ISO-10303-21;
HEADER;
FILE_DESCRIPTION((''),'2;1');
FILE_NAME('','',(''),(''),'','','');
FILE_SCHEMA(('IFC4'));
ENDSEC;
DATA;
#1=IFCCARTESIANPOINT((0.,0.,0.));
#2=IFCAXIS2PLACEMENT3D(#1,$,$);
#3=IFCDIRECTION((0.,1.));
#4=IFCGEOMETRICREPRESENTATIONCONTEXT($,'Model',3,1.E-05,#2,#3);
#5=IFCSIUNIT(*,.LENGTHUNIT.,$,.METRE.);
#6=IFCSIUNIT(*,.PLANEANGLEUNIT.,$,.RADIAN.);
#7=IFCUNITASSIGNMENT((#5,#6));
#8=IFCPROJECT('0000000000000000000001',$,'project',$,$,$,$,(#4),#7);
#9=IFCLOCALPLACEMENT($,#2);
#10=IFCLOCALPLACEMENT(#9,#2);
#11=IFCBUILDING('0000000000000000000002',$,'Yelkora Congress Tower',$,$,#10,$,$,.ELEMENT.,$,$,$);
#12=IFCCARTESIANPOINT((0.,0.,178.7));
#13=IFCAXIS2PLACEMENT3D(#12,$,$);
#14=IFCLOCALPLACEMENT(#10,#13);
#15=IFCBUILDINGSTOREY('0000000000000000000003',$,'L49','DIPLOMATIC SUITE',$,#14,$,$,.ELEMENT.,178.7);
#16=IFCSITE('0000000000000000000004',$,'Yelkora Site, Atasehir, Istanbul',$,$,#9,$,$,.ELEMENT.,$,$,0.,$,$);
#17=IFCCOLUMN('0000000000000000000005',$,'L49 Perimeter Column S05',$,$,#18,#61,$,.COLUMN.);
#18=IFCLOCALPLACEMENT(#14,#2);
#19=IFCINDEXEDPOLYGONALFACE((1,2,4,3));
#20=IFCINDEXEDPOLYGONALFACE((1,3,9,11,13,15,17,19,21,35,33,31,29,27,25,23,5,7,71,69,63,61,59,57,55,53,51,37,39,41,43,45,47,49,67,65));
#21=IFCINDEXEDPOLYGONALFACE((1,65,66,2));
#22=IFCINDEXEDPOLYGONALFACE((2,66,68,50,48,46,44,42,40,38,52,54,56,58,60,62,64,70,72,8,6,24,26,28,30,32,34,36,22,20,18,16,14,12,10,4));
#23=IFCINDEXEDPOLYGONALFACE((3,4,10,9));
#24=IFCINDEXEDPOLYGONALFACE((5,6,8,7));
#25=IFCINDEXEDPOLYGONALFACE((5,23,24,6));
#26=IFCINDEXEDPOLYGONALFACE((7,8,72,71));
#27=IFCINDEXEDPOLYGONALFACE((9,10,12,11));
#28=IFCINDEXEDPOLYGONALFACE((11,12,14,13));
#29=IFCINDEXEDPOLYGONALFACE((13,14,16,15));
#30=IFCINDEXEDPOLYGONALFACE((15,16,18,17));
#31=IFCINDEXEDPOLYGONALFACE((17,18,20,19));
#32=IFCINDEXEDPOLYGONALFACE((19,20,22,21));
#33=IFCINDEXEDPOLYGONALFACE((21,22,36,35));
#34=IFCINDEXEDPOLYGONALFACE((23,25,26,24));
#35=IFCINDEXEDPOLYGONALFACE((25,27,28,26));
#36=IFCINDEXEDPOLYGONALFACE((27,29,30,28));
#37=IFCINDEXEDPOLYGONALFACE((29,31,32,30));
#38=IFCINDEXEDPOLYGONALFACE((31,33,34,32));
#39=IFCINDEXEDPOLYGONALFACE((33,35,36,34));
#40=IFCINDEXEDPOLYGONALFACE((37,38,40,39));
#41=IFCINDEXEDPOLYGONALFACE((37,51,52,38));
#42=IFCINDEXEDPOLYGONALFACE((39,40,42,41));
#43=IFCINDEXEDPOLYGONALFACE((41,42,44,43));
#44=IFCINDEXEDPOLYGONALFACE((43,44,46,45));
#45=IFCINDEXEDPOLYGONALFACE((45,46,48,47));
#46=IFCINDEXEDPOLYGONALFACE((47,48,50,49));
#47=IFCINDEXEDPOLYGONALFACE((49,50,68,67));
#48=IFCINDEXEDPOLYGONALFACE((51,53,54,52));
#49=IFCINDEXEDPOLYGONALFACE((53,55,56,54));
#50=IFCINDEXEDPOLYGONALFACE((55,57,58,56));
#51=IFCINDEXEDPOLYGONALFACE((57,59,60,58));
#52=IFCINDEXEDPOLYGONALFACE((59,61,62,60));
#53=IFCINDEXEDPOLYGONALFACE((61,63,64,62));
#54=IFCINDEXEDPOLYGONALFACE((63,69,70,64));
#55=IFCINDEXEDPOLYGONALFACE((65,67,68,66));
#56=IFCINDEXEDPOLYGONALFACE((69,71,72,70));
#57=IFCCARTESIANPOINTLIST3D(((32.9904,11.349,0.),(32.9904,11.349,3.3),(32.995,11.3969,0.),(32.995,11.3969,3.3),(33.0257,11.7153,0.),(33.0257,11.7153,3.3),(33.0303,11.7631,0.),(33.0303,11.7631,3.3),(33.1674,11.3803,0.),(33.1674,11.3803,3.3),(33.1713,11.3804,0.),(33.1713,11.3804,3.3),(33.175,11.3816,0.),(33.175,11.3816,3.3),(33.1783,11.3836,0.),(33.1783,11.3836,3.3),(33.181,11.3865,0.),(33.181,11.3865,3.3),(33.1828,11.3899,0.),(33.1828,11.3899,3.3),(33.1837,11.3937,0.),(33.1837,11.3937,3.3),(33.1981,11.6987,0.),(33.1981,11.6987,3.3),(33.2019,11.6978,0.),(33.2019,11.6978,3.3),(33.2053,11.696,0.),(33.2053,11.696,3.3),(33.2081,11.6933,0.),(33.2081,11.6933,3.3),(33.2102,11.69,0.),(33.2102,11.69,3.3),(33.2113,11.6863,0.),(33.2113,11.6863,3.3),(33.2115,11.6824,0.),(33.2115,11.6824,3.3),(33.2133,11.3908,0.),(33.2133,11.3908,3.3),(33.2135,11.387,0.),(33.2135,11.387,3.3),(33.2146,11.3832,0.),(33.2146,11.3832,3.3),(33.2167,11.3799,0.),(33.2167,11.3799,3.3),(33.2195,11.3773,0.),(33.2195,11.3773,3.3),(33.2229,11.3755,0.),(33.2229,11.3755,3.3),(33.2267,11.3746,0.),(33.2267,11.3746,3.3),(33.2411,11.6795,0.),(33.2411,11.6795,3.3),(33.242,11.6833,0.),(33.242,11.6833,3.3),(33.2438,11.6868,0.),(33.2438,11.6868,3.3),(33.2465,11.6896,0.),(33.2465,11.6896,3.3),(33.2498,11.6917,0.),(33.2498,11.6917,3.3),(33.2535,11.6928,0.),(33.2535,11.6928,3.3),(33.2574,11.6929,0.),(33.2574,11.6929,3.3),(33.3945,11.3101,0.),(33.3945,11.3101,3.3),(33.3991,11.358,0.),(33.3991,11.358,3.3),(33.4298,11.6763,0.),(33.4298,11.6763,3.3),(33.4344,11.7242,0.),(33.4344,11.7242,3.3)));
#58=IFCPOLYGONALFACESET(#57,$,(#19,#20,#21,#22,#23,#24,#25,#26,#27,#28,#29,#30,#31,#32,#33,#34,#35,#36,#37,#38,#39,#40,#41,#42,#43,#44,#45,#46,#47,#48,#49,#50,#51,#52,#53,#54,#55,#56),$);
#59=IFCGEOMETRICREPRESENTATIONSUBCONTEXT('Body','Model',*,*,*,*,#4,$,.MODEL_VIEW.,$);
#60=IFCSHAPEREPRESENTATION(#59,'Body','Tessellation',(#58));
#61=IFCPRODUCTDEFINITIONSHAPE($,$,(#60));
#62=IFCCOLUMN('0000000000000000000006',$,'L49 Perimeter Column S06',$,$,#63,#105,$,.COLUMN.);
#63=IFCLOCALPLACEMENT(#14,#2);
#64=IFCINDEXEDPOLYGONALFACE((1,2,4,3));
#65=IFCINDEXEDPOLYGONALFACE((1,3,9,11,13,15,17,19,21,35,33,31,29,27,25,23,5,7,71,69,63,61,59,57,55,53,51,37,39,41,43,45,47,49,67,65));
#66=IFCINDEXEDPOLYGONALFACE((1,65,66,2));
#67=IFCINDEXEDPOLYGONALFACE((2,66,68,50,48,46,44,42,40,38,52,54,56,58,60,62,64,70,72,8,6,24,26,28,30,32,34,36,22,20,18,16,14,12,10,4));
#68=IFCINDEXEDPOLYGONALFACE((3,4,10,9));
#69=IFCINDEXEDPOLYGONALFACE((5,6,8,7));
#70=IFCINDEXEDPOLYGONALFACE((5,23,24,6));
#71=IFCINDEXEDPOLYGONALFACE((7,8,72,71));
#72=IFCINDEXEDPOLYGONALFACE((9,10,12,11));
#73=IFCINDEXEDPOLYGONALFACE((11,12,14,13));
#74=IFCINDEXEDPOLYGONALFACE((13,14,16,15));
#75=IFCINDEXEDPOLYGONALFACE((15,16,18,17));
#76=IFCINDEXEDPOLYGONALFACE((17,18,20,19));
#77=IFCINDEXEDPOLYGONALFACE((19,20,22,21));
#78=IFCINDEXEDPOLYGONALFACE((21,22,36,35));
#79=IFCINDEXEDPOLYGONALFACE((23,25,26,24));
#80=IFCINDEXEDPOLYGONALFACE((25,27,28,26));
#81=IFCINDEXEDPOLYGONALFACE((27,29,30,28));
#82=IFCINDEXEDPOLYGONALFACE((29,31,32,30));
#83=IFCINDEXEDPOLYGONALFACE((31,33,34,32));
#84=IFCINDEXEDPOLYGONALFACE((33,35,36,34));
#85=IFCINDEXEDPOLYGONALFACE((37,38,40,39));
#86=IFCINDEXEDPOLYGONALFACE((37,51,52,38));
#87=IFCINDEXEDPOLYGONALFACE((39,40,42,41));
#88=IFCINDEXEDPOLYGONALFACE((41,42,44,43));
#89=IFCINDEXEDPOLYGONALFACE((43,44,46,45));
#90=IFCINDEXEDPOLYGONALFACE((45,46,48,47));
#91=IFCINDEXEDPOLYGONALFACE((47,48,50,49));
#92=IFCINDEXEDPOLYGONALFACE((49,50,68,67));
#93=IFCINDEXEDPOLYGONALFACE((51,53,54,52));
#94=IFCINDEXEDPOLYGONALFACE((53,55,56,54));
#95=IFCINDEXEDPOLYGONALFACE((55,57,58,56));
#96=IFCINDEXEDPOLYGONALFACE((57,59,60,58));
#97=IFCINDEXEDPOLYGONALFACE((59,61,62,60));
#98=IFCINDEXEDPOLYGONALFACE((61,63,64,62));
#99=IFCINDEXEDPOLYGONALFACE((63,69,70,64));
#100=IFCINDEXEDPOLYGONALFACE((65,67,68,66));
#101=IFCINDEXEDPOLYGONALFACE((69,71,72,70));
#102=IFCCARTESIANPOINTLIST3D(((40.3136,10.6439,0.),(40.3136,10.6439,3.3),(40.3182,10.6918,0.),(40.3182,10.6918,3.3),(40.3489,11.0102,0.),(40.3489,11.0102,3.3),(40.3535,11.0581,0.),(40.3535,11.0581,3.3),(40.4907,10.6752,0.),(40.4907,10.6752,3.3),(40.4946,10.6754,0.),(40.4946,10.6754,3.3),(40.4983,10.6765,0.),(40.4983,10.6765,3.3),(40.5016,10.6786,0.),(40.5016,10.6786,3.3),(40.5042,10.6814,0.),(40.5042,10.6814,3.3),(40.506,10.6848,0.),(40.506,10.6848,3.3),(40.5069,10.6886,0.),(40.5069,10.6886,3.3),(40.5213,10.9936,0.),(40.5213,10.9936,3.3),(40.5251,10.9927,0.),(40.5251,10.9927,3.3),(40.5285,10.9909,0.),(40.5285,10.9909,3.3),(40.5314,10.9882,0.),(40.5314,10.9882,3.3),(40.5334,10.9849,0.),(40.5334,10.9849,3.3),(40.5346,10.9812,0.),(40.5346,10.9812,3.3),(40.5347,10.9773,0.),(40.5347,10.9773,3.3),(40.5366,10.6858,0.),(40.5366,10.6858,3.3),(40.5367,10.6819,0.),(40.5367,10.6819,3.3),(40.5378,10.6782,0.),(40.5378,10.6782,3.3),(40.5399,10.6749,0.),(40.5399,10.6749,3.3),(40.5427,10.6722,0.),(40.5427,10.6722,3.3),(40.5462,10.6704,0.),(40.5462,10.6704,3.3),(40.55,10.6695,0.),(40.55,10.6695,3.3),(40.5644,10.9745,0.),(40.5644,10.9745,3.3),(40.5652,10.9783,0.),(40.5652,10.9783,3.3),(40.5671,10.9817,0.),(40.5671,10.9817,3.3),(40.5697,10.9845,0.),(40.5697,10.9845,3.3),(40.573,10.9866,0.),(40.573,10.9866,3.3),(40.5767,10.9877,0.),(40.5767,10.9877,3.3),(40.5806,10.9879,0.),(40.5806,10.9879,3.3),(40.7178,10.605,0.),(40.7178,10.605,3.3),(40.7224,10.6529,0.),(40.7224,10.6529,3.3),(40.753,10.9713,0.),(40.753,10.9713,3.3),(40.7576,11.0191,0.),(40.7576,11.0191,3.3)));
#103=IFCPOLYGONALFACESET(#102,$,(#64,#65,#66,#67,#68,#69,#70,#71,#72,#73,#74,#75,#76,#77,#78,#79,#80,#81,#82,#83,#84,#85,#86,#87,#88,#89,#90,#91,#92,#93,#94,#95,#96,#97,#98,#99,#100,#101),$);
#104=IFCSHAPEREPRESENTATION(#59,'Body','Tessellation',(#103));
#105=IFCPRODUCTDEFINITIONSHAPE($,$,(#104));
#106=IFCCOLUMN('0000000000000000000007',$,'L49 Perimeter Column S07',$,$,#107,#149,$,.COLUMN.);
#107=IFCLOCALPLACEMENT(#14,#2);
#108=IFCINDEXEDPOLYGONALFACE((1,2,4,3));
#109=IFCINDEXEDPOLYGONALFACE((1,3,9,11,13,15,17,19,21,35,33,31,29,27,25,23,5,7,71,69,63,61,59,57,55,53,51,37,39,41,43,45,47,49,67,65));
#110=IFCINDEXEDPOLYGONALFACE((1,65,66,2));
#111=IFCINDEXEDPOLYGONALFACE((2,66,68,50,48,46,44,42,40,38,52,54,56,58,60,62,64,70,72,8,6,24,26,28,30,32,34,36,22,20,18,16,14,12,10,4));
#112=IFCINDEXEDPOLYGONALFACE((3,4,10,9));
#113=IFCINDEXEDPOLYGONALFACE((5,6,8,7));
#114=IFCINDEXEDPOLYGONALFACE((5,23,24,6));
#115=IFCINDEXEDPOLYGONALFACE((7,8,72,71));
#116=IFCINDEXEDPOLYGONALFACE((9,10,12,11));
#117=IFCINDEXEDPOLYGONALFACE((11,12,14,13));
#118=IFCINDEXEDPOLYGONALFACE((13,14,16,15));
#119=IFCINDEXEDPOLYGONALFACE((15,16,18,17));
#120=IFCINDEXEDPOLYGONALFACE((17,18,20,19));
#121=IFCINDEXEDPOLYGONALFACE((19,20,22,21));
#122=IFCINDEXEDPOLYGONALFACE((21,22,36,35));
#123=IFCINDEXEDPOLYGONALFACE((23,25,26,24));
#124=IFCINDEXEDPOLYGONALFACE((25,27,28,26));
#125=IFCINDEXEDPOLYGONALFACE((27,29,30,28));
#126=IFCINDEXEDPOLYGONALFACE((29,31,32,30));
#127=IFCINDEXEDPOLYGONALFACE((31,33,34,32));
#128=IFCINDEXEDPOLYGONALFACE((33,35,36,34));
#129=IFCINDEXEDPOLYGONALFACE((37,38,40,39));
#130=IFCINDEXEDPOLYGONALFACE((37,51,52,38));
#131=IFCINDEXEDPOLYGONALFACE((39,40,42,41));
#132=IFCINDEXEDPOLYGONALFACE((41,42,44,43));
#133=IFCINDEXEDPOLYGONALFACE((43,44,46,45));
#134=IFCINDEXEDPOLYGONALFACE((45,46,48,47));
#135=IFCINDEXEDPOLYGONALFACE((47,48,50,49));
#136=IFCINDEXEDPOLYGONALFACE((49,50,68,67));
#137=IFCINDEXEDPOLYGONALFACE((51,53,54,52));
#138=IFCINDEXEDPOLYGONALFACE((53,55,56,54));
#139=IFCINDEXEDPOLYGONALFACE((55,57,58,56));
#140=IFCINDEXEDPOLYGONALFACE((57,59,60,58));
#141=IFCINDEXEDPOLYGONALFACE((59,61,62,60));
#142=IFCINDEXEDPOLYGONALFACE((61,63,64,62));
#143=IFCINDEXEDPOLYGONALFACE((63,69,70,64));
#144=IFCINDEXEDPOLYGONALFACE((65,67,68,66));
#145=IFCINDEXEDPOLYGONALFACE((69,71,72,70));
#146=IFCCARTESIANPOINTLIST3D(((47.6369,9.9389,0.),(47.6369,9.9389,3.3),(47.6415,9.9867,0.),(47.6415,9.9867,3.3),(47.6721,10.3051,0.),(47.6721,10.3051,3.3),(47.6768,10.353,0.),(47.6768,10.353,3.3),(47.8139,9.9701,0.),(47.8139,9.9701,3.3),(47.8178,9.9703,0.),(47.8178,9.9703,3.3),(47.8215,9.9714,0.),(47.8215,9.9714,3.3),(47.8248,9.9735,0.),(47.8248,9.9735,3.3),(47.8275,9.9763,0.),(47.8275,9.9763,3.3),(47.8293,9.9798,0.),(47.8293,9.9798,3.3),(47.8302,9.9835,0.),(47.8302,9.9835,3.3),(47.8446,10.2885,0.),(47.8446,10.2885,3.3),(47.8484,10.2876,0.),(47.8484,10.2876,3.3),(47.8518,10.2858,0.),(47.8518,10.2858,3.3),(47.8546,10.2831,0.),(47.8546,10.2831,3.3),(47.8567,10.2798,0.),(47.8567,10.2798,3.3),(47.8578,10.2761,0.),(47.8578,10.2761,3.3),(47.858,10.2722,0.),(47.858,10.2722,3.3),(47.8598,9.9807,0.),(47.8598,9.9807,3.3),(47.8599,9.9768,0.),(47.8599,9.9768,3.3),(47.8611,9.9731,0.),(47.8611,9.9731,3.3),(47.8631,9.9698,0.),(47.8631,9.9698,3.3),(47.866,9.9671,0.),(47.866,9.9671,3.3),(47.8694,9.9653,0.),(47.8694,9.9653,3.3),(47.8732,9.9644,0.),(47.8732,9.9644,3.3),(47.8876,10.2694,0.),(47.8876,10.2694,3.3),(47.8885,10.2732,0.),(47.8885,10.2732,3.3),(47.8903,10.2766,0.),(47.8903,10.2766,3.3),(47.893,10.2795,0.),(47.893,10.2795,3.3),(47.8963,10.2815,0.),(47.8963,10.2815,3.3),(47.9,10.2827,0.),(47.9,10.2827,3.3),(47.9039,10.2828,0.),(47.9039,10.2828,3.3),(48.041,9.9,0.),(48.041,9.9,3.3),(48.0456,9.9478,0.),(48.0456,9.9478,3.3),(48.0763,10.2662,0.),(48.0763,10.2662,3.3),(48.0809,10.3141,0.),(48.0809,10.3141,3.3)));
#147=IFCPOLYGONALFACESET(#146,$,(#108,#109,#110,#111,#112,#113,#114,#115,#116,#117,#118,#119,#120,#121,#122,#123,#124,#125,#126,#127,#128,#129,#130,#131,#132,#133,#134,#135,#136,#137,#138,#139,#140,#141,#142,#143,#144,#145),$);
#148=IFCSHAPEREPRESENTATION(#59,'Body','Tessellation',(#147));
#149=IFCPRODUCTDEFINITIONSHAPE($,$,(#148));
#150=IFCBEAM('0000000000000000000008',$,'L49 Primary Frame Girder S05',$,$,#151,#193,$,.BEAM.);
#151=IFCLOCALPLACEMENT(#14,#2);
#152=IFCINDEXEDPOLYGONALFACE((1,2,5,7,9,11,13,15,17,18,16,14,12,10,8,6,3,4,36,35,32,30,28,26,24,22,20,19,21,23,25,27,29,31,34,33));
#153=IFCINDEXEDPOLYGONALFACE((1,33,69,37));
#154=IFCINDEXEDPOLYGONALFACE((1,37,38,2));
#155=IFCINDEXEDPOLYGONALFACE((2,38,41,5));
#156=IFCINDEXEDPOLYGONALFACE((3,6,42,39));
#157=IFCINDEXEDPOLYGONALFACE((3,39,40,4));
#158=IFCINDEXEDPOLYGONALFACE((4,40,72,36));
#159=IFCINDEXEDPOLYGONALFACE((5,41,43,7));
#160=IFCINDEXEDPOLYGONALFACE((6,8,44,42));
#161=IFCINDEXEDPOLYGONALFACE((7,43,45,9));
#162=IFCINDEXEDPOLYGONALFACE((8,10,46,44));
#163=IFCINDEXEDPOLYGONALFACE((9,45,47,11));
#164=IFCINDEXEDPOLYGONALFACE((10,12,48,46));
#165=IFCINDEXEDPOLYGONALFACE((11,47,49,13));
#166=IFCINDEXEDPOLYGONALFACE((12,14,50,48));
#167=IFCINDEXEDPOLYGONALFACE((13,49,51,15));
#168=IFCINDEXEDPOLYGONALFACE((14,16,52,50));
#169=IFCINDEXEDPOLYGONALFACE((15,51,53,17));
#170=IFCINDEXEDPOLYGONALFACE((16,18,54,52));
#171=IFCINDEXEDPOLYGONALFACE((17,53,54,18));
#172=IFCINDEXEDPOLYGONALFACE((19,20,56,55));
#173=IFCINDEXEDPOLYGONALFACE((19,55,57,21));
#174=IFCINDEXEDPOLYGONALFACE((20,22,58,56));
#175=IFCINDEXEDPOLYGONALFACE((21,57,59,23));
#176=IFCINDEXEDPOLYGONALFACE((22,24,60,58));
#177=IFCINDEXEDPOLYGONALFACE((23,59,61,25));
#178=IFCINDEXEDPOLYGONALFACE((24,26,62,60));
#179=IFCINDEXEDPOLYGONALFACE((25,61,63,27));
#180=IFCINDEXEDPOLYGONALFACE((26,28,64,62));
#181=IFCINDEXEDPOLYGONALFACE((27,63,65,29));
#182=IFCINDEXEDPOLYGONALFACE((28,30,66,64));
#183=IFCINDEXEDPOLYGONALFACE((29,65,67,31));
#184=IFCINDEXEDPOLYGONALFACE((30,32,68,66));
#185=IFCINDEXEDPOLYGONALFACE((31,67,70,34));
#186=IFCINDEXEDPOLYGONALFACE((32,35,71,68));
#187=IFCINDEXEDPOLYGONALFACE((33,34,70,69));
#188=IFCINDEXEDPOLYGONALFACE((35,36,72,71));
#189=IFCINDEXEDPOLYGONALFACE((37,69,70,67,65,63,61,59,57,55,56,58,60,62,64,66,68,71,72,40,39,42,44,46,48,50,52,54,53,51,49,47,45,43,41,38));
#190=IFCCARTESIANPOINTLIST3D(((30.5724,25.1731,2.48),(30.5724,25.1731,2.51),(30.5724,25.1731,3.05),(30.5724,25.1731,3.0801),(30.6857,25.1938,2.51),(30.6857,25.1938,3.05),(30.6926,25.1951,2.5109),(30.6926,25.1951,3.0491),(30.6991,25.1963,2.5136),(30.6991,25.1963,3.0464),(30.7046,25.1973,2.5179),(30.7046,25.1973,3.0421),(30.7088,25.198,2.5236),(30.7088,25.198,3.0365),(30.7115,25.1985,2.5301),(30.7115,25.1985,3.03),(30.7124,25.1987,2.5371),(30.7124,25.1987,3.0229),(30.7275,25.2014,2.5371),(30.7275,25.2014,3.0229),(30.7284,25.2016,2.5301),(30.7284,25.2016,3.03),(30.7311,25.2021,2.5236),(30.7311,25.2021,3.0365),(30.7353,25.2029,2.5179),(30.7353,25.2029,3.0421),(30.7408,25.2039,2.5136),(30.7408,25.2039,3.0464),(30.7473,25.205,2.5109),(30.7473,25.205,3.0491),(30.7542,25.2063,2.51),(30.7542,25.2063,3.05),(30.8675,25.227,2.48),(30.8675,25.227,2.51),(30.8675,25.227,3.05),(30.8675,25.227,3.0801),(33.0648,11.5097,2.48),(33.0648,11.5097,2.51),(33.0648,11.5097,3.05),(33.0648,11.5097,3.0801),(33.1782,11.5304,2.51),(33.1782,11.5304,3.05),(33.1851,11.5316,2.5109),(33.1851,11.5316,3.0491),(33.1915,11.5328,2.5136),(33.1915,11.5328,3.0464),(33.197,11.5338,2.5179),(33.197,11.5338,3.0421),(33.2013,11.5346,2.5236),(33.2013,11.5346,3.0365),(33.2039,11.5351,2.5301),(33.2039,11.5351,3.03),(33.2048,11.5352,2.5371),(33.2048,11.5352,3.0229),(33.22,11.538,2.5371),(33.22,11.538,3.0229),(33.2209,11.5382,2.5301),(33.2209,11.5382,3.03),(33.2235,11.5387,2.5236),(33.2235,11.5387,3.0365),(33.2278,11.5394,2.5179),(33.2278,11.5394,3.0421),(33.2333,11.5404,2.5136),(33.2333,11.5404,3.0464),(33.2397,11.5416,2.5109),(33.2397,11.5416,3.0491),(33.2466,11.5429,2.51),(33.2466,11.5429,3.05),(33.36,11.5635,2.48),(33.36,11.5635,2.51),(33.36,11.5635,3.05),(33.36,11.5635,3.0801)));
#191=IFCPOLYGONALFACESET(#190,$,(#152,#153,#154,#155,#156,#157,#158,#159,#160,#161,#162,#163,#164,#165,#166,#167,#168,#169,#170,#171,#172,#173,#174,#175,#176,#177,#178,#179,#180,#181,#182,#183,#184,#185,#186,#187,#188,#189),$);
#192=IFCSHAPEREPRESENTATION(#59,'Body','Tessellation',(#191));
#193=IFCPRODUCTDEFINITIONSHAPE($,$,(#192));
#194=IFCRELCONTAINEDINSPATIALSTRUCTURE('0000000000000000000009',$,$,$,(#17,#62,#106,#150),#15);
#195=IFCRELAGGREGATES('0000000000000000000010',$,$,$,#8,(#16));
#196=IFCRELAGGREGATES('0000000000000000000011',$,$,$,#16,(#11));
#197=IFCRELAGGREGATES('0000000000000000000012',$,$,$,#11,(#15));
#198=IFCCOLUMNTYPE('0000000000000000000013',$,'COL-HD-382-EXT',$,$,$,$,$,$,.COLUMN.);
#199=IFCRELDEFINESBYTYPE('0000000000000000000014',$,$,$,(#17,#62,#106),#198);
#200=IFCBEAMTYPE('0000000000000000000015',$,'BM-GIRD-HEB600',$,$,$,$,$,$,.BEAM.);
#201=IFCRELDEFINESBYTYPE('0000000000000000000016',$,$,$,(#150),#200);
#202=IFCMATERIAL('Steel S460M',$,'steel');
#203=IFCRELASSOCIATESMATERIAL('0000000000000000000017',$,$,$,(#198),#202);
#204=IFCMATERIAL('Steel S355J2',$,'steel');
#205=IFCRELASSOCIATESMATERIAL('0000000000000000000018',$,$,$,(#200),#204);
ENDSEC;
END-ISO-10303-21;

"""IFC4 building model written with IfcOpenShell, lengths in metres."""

from ifc_helpers import new_model, si_unit, direction, frame, origin, origin_2d, place, context, subcontext, project, spatial, i_section, extrude, material, material_profile, profile_set, type_object, element, save


model = new_model("IFC4")

# Units and contexts
model_context = context("Model", 3, precision=1e-05, world=origin(), true_north=direction((0.0, 1.0)))
body_context = subcontext(model_context, "Body", "Model", "MODEL_VIEW")
ifc_project = project(units=[si_unit("LENGTHUNIT", "METRE"), si_unit("PLANEANGLEUNIT", "RADIAN")], contexts=[model_context])

# Site, building, storey
site_placement = place(None, origin())
site = spatial("IfcSite", under=ifc_project, at=site_placement, Name="Yelkora Site, Atasehir, Istanbul", CompositionType="ELEMENT", RefElevation=0.0)
building_placement = place(site_placement, origin())
building = spatial("IfcBuilding", under=site, at=building_placement, Name="Yelkora Congress Tower", CompositionType="ELEMENT")
storey_placement = place(building_placement, frame((0.0, 0.0, 178.7)))
storey = spatial("IfcBuildingStorey", under=building, at=storey_placement, Name="L49", Description="DIPLOMATIC SUITE", CompositionType="ELEMENT", Elevation=178.7)

# Columns
ifc_material_1 = material(Name="Steel S460M", Category="steel")
ifc_material_profile_1 = material_profile(ifc_material_1, i_section(OverallWidth=0.406, OverallDepth=0.416, WebThickness=0.0298, FlangeThickness=0.0481, FilletRadius=0.0149, at=origin_2d()), Name="HD 400x382")
ifc_profile_set_1 = profile_set([ifc_material_profile_1], Name="Steel S460M")
column_type = type_object("IfcColumnType", Name="COL-HD-382-EXT", PredefinedType="COLUMN", material=ifc_profile_set_1)
for number, where, z_axis, x_axis, name in (
    (1, (33.2124, 11.5366, 0.0), (0.0, 0.0, 1.0), (0.995396, -0.095846, 0.0), "L49 Perimeter Column S05"),
    (2, (40.5356, 10.8315, 0.0), (0.0, 0.0, 1.0), (0.995396, -0.095846, 0.0), "L49 Perimeter Column S06"),
    (3, (47.8589, 10.1265, 0.0), (0.0, 0.0, 1.0), (0.995396, -0.095846, 0.0), "L49 Perimeter Column S07"),
):
    element("IfcColumn", number, at=place(storey_placement, frame(where, z_axis=z_axis, x_axis=x_axis)), inside=storey, type_object=column_type, Name=name, PredefinedType="COLUMN", context=body_context, shape_type="SweptSolid", body=[
        extrude(i_section(OverallWidth=0.406, OverallDepth=0.416, WebThickness=0.0298, FlangeThickness=0.0481, FilletRadius=0.0149, at=origin_2d()), origin(), (0.0, 0.0, 1.0), 3.3),
    ])

# Beam
ifc_material_2 = material(Name="Steel S355J2", Category="steel")
ifc_material_profile_2 = material_profile(ifc_material_2, i_section(OverallWidth=0.3, OverallDepth=0.6001, WebThickness=0.0154, FlangeThickness=0.03, FilletRadius=0.0271, at=origin_2d()), Name="HEB 600")
ifc_profile_set_2 = profile_set([ifc_material_profile_2], Name="Steel S355J2")
beam_type_1 = type_object("IfcBeamType", Name="BM-GIRD-HEB600", PredefinedType="BEAM", material=ifc_profile_set_2)
beam_1_placement = place(storey_placement, frame((33.2124, 11.5366, 2.78), z_axis=(-0.179456, 0.983766, 0.0), x_axis=(-0.983766, -0.179456, 0.0)))
element("IfcBeam", 4, at=beam_1_placement, inside=storey, type_object=beam_type_1, Name="L49 Primary Frame Girder S05", PredefinedType="BEAM", context=body_context, shape_type="SweptSolid", body=[
    extrude(i_section(OverallWidth=0.3, OverallDepth=0.6001, WebThickness=0.0154, FlangeThickness=0.03, FilletRadius=0.0271, at=origin_2d()), origin(), (0.0, 0.0, 1.0), 13.8889),
])

save(model, "model.ifc")
